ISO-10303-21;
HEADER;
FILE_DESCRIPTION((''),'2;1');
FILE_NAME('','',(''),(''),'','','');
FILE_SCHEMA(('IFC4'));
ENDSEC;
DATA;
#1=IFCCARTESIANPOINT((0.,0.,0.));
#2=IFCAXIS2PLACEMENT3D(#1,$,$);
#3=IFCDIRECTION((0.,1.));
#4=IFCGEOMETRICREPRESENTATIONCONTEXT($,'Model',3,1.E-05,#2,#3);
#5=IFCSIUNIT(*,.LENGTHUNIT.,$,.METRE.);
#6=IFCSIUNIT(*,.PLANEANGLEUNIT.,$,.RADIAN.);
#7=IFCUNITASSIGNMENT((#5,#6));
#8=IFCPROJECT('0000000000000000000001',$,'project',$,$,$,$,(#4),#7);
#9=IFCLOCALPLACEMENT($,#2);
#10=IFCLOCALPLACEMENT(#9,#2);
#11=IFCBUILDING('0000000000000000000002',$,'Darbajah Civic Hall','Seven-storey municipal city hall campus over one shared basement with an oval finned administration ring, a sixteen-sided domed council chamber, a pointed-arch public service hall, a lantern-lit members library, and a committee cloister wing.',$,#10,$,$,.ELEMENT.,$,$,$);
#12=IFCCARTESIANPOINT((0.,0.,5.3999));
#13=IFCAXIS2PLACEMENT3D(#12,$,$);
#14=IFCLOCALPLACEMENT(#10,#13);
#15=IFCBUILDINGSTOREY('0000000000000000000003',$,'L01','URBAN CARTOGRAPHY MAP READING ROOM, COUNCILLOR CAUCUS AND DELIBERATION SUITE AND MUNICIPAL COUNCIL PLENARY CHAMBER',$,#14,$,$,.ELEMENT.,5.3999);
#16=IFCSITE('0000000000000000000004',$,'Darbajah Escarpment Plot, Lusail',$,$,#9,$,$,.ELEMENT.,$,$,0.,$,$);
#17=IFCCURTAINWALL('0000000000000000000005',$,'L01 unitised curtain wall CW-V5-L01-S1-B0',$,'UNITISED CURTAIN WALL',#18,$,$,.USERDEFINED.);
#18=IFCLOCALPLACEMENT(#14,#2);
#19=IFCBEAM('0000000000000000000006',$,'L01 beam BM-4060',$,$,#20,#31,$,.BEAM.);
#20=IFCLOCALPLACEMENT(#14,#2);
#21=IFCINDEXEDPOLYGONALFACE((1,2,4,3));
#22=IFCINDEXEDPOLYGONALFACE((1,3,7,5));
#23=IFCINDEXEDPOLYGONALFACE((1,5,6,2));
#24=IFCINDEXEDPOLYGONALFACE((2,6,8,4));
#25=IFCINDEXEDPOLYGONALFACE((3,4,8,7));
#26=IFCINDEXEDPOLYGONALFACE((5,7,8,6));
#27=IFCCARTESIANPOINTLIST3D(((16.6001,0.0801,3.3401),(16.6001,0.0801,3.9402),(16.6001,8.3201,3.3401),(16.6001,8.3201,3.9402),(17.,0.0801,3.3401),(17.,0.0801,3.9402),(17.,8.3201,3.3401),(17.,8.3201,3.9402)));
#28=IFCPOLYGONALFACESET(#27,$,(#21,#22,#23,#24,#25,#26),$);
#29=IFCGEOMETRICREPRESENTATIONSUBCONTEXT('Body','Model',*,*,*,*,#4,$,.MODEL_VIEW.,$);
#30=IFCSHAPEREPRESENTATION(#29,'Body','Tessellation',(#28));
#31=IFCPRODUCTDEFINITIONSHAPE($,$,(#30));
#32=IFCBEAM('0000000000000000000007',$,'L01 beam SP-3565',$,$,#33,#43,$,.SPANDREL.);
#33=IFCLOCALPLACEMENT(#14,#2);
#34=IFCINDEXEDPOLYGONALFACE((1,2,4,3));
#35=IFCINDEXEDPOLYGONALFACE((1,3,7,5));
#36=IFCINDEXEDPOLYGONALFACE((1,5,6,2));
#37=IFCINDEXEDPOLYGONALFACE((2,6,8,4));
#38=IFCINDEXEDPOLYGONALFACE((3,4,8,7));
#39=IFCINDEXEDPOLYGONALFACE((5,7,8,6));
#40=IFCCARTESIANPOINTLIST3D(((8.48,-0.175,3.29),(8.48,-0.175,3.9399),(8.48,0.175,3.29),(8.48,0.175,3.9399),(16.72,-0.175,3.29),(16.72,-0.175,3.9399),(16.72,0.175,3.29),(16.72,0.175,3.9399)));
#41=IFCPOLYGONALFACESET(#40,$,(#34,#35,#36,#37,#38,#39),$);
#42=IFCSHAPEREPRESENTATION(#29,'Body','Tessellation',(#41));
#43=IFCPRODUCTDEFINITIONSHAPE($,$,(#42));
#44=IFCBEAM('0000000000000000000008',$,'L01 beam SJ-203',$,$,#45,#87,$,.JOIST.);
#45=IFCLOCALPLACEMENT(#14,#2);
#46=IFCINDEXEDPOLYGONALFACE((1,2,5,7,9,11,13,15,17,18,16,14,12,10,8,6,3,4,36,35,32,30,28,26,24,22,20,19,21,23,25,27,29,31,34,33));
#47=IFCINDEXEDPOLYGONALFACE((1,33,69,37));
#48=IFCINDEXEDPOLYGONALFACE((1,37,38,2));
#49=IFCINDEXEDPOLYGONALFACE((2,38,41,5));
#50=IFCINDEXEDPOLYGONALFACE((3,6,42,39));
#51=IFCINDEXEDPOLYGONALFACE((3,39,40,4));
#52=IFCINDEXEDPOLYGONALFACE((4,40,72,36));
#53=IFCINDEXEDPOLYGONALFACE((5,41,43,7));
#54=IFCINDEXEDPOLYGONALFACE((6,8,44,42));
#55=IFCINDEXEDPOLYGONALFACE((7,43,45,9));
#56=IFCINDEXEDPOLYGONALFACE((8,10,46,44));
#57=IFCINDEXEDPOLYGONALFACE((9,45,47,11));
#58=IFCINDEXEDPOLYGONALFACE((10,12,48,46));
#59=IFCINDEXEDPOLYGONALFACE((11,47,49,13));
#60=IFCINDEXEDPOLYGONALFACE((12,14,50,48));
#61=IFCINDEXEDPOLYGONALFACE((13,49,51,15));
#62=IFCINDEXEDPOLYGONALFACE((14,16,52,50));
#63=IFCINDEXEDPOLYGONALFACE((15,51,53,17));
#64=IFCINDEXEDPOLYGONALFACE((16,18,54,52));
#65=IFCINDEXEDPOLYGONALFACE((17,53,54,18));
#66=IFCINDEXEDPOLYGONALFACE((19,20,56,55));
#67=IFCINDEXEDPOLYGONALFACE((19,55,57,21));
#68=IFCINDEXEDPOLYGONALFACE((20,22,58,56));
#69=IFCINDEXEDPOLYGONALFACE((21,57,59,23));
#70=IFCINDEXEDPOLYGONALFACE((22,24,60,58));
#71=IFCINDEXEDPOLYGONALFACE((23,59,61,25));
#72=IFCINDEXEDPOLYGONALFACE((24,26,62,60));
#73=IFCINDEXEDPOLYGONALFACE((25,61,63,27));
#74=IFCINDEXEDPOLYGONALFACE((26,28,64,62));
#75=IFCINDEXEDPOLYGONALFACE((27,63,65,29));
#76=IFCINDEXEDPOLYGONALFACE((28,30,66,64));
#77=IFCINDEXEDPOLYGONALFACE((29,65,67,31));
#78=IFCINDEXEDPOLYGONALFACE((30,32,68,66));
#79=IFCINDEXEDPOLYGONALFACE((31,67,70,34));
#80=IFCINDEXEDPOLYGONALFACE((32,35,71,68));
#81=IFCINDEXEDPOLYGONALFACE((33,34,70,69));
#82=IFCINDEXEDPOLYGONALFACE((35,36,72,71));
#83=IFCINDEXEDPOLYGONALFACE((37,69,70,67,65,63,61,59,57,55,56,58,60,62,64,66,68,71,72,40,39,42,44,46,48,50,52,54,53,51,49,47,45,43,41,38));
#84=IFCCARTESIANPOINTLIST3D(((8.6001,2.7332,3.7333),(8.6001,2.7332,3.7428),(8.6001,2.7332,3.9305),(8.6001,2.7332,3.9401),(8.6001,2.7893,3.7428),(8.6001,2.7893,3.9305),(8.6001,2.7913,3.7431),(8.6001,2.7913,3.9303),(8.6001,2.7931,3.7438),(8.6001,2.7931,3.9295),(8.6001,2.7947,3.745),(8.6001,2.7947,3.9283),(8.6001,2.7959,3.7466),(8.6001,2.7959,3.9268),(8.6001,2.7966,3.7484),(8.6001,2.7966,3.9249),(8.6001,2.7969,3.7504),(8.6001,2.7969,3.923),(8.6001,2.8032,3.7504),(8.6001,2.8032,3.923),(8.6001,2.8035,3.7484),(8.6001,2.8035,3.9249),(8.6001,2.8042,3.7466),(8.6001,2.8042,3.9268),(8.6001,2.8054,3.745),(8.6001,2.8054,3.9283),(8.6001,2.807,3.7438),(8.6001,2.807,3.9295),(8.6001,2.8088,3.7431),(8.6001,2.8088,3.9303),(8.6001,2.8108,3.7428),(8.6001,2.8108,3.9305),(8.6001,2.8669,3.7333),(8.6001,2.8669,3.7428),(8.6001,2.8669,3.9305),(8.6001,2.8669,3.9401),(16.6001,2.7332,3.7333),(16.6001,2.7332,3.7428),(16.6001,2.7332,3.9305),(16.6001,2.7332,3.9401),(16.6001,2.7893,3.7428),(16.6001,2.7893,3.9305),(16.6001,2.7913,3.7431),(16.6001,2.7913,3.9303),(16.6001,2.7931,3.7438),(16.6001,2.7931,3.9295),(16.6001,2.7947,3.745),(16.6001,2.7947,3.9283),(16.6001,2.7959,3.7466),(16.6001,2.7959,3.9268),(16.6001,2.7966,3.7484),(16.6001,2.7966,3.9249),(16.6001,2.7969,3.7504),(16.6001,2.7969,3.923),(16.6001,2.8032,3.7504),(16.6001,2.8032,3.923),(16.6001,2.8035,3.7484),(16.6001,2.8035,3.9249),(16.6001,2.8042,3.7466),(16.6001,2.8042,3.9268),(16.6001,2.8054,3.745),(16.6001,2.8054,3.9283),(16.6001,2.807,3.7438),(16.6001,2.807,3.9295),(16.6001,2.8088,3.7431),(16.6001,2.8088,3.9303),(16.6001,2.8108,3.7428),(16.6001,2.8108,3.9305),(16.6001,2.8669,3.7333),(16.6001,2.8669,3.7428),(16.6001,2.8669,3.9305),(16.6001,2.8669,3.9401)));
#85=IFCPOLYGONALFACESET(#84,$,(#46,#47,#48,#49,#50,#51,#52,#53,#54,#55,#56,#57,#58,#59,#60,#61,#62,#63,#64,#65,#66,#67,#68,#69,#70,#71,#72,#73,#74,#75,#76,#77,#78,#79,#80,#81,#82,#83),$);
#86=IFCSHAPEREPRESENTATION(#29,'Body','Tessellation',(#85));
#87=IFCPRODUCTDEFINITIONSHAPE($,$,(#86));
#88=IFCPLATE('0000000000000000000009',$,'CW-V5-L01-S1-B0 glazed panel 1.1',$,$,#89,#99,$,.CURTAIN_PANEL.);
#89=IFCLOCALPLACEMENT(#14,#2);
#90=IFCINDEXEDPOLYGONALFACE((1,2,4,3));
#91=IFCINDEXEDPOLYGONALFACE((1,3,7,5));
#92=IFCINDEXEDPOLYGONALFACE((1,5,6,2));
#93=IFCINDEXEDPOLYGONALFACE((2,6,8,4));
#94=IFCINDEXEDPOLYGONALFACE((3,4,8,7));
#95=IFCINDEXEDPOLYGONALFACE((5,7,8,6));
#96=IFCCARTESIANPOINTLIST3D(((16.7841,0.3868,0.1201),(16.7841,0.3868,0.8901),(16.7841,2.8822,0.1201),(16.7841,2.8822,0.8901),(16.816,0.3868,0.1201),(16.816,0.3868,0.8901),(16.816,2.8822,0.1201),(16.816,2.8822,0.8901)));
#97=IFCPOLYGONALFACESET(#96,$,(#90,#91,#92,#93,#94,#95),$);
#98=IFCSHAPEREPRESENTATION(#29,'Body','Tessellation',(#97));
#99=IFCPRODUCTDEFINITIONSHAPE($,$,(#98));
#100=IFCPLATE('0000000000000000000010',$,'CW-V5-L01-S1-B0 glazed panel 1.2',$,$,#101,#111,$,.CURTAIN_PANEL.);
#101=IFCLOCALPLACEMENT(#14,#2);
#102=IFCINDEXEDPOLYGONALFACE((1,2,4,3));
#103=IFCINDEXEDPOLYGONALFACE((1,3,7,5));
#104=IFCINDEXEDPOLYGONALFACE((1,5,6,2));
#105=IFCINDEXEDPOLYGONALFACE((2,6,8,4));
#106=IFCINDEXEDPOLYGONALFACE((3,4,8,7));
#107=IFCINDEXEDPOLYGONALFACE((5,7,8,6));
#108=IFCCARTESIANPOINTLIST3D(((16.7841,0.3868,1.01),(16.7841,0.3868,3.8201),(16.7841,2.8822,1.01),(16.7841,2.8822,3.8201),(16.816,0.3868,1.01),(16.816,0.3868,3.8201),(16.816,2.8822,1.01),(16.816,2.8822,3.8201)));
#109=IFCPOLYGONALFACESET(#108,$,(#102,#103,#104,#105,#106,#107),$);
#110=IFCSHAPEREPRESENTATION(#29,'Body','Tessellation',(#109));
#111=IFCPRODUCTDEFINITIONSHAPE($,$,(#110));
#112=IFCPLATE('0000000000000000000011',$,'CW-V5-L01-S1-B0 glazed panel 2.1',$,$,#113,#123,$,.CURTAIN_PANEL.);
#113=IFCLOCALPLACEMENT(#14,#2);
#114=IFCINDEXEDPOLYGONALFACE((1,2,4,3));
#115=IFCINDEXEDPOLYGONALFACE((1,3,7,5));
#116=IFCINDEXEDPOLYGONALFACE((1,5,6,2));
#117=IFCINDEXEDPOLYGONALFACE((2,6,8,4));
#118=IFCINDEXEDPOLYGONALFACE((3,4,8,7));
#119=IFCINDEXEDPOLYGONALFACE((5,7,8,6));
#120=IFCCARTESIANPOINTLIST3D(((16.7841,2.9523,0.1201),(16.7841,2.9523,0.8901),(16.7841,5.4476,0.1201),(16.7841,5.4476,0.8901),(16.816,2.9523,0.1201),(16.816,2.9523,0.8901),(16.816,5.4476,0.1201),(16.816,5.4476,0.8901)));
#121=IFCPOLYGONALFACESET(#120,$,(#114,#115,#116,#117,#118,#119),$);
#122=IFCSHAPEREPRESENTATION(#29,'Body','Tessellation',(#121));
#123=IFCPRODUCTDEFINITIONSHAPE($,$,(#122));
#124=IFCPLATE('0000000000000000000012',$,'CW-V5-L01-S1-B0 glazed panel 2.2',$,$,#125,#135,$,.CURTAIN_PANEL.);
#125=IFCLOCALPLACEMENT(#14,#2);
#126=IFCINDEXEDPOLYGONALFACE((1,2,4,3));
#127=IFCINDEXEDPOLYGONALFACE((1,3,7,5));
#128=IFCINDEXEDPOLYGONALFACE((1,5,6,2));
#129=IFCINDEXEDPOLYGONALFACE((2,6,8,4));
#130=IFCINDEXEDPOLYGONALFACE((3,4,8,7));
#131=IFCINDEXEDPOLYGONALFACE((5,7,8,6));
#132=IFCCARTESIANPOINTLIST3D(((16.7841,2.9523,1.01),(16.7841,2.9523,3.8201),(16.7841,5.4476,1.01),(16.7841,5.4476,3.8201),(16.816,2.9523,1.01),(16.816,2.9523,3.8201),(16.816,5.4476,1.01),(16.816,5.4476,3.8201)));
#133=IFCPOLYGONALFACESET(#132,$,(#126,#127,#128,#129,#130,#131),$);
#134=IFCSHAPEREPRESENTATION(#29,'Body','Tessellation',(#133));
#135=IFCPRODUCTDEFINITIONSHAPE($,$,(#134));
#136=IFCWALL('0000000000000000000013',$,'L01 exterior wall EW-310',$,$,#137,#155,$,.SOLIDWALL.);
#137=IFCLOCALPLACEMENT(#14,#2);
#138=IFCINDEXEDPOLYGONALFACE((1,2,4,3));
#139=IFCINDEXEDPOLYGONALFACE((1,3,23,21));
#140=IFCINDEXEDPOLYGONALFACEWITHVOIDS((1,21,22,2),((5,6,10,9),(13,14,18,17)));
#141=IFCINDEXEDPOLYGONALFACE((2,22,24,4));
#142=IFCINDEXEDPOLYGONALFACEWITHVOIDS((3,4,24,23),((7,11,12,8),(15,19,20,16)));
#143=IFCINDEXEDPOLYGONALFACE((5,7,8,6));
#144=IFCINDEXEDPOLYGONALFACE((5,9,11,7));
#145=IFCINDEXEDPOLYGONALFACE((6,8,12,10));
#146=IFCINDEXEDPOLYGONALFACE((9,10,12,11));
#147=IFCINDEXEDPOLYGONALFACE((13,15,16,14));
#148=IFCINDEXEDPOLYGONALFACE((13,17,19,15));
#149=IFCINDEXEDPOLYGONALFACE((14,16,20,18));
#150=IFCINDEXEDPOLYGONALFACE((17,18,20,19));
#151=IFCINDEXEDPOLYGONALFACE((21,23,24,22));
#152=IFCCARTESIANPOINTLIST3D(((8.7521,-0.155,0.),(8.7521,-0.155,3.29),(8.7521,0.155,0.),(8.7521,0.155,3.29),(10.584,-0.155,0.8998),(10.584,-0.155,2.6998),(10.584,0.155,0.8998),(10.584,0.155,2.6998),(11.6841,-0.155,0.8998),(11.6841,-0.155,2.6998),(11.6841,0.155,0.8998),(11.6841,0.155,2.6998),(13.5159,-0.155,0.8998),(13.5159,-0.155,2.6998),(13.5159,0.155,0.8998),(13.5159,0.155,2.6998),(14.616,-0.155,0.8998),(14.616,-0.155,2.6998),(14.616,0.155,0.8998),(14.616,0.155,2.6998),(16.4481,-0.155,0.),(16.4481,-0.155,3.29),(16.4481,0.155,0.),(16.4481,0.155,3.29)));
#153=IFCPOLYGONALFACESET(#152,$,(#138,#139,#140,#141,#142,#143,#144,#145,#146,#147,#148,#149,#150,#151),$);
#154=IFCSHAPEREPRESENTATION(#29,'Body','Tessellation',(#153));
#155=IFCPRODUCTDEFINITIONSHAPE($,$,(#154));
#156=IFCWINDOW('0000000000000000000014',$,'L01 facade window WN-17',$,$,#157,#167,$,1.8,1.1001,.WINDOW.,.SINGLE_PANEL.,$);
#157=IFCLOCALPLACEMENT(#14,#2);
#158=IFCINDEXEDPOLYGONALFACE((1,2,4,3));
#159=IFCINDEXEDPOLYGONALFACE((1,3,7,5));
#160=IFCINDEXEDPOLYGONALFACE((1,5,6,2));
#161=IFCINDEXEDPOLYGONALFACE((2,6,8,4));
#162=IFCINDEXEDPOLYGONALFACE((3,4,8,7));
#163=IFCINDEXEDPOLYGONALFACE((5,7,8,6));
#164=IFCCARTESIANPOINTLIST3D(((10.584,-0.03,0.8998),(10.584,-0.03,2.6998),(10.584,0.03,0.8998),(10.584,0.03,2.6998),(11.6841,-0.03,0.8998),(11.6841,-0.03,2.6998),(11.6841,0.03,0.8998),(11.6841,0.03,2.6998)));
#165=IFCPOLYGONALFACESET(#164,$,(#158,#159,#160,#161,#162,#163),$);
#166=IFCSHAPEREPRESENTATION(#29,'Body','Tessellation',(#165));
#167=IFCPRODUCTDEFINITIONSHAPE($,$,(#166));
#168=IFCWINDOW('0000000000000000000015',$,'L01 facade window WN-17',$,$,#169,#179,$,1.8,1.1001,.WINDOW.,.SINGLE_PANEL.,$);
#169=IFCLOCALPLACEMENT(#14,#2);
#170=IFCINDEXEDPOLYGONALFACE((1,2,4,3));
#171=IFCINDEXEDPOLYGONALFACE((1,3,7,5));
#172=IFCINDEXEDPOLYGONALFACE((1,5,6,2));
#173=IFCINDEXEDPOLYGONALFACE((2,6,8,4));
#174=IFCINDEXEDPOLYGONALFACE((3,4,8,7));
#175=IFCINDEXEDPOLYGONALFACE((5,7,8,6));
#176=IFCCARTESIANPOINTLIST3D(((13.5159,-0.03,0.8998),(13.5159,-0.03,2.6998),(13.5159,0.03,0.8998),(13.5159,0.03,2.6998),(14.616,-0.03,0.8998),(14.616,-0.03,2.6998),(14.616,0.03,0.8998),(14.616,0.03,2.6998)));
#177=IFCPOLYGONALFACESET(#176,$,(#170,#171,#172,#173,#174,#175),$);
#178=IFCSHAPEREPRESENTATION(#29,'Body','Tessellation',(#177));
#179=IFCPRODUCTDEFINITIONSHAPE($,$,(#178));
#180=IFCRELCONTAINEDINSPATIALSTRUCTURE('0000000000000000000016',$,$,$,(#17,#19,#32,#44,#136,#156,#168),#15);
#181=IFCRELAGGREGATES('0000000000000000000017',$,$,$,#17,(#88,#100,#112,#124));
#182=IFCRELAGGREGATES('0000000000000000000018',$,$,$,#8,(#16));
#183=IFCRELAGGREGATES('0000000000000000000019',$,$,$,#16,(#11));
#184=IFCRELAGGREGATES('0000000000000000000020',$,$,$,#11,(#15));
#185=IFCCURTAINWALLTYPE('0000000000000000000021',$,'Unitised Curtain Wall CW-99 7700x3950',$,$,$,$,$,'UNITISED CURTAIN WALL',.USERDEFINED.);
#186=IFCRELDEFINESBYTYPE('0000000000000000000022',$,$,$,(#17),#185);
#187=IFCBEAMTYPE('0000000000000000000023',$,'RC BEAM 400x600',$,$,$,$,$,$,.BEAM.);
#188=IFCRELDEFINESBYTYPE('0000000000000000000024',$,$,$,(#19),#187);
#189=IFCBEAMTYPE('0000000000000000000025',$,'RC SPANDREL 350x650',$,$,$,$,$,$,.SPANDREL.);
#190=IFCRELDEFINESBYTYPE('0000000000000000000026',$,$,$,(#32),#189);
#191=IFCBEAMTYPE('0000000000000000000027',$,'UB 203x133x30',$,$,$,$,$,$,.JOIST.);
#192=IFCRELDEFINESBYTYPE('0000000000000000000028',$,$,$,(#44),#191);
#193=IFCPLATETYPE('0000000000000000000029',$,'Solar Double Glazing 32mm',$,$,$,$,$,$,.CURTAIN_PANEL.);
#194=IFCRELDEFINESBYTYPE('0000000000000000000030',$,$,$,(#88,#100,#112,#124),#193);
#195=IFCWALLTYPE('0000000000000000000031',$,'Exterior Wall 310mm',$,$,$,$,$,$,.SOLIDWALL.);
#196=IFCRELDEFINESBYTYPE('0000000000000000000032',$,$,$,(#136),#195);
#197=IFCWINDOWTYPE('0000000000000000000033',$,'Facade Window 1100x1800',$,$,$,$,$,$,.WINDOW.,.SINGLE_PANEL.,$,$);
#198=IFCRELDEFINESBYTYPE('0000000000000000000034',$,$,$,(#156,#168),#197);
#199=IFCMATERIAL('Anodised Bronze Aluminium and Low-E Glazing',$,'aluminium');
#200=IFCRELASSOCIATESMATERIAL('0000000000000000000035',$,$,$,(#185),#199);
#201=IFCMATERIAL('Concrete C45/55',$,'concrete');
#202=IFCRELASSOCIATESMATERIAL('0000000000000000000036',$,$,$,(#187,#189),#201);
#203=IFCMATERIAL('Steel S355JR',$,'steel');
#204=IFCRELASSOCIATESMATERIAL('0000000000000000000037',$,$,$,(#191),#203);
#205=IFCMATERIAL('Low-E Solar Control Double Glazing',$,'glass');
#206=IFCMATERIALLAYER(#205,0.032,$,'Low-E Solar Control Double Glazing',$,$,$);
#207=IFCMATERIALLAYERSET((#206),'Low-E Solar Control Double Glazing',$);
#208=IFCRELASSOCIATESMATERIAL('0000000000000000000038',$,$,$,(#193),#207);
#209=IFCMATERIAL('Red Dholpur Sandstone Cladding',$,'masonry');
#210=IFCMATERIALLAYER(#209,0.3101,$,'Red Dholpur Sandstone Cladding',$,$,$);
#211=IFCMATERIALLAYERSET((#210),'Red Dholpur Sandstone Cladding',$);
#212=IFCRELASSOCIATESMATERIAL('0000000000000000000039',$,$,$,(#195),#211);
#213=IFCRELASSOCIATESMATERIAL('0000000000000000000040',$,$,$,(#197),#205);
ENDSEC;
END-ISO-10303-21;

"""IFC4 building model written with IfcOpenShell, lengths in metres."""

from ifc_helpers import new_model, si_unit, direction, frame, frame_2d, origin, origin_2d, place, context, subcontext, project, spatial, rectangle, i_section, extrude, material, layer, layer_set, material_profile, profile_set, type_object, element, fill, aggregate, save


model = new_model("IFC4")

# Units and contexts
model_context = context("Model", 3, precision=1e-05, world=origin(), true_north=direction((0.0, 1.0)))
body_context = subcontext(model_context, "Body", "Model", "MODEL_VIEW")
ifc_project = project(units=[si_unit("LENGTHUNIT", "METRE"), si_unit("PLANEANGLEUNIT", "RADIAN")], contexts=[model_context])

# Site, building, storey
site_placement = place(None, origin())
site = spatial("IfcSite", under=ifc_project, at=site_placement, Name="Darbajah Escarpment Plot, Lusail", CompositionType="ELEMENT", RefElevation=0.0)
building_placement = place(site_placement, origin())
building = spatial("IfcBuilding", under=site, at=building_placement, Name="Darbajah Civic Hall", Description="Seven-storey municipal city hall campus over one shared basement with an oval finned administration ring, a sixteen-sided domed council chamber, a pointed-arch public service hall, a lantern-lit members library, and a committee cloister wing.", CompositionType="ELEMENT")
storey_placement = place(building_placement, frame((0.0, 0.0, 5.3999)))
storey = spatial("IfcBuildingStorey", under=building, at=storey_placement, Name="L01", Description="URBAN CARTOGRAPHY MAP READING ROOM, COUNCILLOR CAUCUS AND DELIBERATION SUITE AND MUNICIPAL COUNCIL PLENARY CHAMBER", CompositionType="ELEMENT", Elevation=5.3999)

# Shared definitions
ifc_material_1 = material(Name="Concrete C45/55", Category="concrete")

# Curtain wall
ifc_material_2 = material(Name="Anodised Bronze Aluminium and Low-E Glazing", Category="aluminium")
curtain_wall_type = type_object("IfcCurtainWallType", Name="Unitised Curtain Wall CW-99 7700x3950", ElementType="UNITISED CURTAIN WALL", PredefinedType="USERDEFINED", material=ifc_material_2)
curtain_wall_placement = place(storey_placement, origin())
curtain_wall = element("IfcCurtainWall", 1, at=curtain_wall_placement, inside=storey, type_object=curtain_wall_type, Name="L01 unitised curtain wall CW-V5-L01-S1-B0", ObjectType="UNITISED CURTAIN WALL", PredefinedType="USERDEFINED")

# Beams
ifc_material_profile_1 = material_profile(ifc_material_1, rectangle(XDim=0.3999, YDim=0.6001, at=origin_2d()), Name="RC BEAM 400x600")
ifc_profile_set_1 = profile_set([ifc_material_profile_1], Name="Concrete C45/55")
beam_type_1 = type_object("IfcBeamType", Name="RC BEAM 400x600", PredefinedType="BEAM", material=ifc_profile_set_1)
beam_1_placement = place(storey_placement, frame((16.8, 0.0801, 3.6401), z_axis=(0.0, 1.0, 0.0), x_axis=(-1.0, 0.0, 0.0)))
element("IfcBeam", 2, at=beam_1_placement, inside=storey, type_object=beam_type_1, Name="L01 beam BM-4060", PredefinedType="BEAM", context=body_context, shape_type="SweptSolid", body=[
    extrude(rectangle(XDim=0.3999, YDim=0.6001, at=origin_2d()), origin(), (0.0, 0.0, 1.0), 8.24),
])
ifc_material_profile_2 = material_profile(ifc_material_1, rectangle(XDim=0.3501, YDim=0.6499, at=origin_2d()), Name="RC SPANDREL 350x650")
ifc_profile_set_2 = profile_set([ifc_material_profile_2], Name="Concrete C45/55")
beam_type_2 = type_object("IfcBeamType", Name="RC SPANDREL 350x650", PredefinedType="SPANDREL", material=ifc_profile_set_2)
beam_2_placement = place(storey_placement, frame((8.48, 0.0, 3.615), z_axis=(1.0, 0.0, 0.0), x_axis=(0.0, 1.0, 0.0)))
element("IfcBeam", 3, at=beam_2_placement, inside=storey, type_object=beam_type_2, Name="L01 beam SP-3565", PredefinedType="SPANDREL", context=body_context, shape_type="SweptSolid", body=[
    extrude(rectangle(XDim=0.3501, YDim=0.6499, at=origin_2d()), origin(), (0.0, 0.0, 1.0), 8.24),
])
ifc_material_3 = material(Name="Steel S355JR", Category="steel")
ifc_material_profile_3 = material_profile(ifc_material_3, i_section(OverallWidth=0.1338, OverallDepth=0.2068, WebThickness=0.0063, FlangeThickness=0.0095, FilletRadius=0.0076, at=origin_2d()), Name="UB 203x133x30")
ifc_profile_set_3 = profile_set([ifc_material_profile_3], Name="Steel S355JR")
beam_type_3 = type_object("IfcBeamType", Name="UB 203x133x30", PredefinedType="JOIST", material=ifc_profile_set_3)
beam_3_placement = place(storey_placement, frame((8.6001, 2.8, 3.8367), z_axis=(1.0, 0.0, 0.0), x_axis=(0.0, 1.0, 0.0)))
element("IfcBeam", 4, at=beam_3_placement, inside=storey, type_object=beam_type_3, Name="L01 beam SJ-203", PredefinedType="JOIST", context=body_context, shape_type="SweptSolid", body=[
    extrude(i_section(OverallWidth=0.1338, OverallDepth=0.2068, WebThickness=0.0063, FlangeThickness=0.0095, FilletRadius=0.0076, at=origin_2d()), origin(), (0.0, 0.0, 1.0), 8.0),
])

# Plates
ifc_material_4 = material(Name="Low-E Solar Control Double Glazing", Category="glass")
ifc_layer_1 = layer(ifc_material_4, 0.032, Name="Low-E Solar Control Double Glazing")
ifc_layer_set_1 = layer_set([ifc_layer_1], Name="Low-E Solar Control Double Glazing")
plate_type = type_object("IfcPlateType", Name="Solar Double Glazing 32mm", PredefinedType="CURTAIN_PANEL", material=ifc_layer_set_1)
plate_1_placement = place(storey_placement, frame((16.8, 1.6345, 0.1201), z_axis=(0.0, 0.0, 1.0), x_axis=(0.0, 1.0, 0.0)))
plate_1 = element("IfcPlate", 5, at=plate_1_placement, type_object=plate_type, Name="CW-V5-L01-S1-B0 glazed panel 1.1", PredefinedType="CURTAIN_PANEL", context=body_context, shape_type="SweptSolid", body=[
    extrude(rectangle(XDim=2.4954, YDim=0.032, at=origin_2d()), origin(), (0.0, 0.0, 1.0), 0.77),
])
plate_2_placement = place(storey_placement, frame((16.8, 1.6345, 1.01), z_axis=(0.0, 0.0, 1.0), x_axis=(0.0, 1.0, 0.0)))
plate_2 = element("IfcPlate", 6, at=plate_2_placement, type_object=plate_type, Name="CW-V5-L01-S1-B0 glazed panel 1.2", PredefinedType="CURTAIN_PANEL", context=body_context, shape_type="SweptSolid", body=[
    extrude(rectangle(XDim=2.4954, YDim=0.032, at=origin_2d()), origin(), (0.0, 0.0, 1.0), 2.8101),
])
plate_3_placement = place(storey_placement, frame((16.8, 4.2, 0.1201), z_axis=(0.0, 0.0, 1.0), x_axis=(0.0, 1.0, 0.0)))
plate_3 = element("IfcPlate", 7, at=plate_3_placement, type_object=plate_type, Name="CW-V5-L01-S1-B0 glazed panel 2.1", PredefinedType="CURTAIN_PANEL", context=body_context, shape_type="SweptSolid", body=[
    extrude(rectangle(XDim=2.4954, YDim=0.032, at=origin_2d()), origin(), (0.0, 0.0, 1.0), 0.77),
])
plate_4_placement = place(storey_placement, frame((16.8, 4.2, 1.01), z_axis=(0.0, 0.0, 1.0), x_axis=(0.0, 1.0, 0.0)))
plate_4 = element("IfcPlate", 8, at=plate_4_placement, type_object=plate_type, Name="CW-V5-L01-S1-B0 glazed panel 2.2", PredefinedType="CURTAIN_PANEL", context=body_context, shape_type="SweptSolid", body=[
    extrude(rectangle(XDim=2.4954, YDim=0.032, at=origin_2d()), origin(), (0.0, 0.0, 1.0), 2.8101),
])
aggregate(curtain_wall, [plate_1, plate_2, plate_3, plate_4])

# Wall, openings, windows
ifc_material_5 = material(Name="Red Dholpur Sandstone Cladding", Category="masonry")
ifc_layer_2 = layer(ifc_material_5, 0.3101, Name="Red Dholpur Sandstone Cladding")
ifc_layer_set_2 = layer_set([ifc_layer_2], Name="Red Dholpur Sandstone Cladding")
wall_type = type_object("IfcWallType", Name="Exterior Wall 310mm", PredefinedType="SOLIDWALL", material=ifc_layer_set_2)
wall_placement = place(storey_placement, frame((8.752, 0.0, 0.0), z_axis=(0.0, 0.0, 1.0), x_axis=(1.0, 0.0, 0.0)))
wall = element("IfcWall", 9, at=wall_placement, inside=storey, type_object=wall_type, Name="L01 exterior wall EW-310", PredefinedType="SOLIDWALL", context=body_context, shape_type="SweptSolid", body=[
    extrude(rectangle(XDim=7.696, YDim=0.3101, at=frame_2d((3.8481, 0.0))), origin(), (0.0, 0.0, 1.0), 3.29),
])
opening_1_placement = place(wall_placement, frame((1.832, 0.0, 0.8999)))
opening_1 = element("IfcOpeningElement", 10, at=opening_1_placement, cuts=wall, PredefinedType="OPENING", context=body_context, shape_type="SweptSolid", body=[
    extrude(rectangle(XDim=1.1001, YDim=1.8, at=frame_2d((0.55, 0.8999))), frame((0.0, 0.165, 0.0), z_axis=(0.0, -1.0, 0.0), x_axis=(1.0, 0.0, 0.0)), (0.0, 0.0, 1.0), 0.3301),
])
opening_2_placement = place(wall_placement, frame((4.7639, 0.0, 0.8999)))
opening_2 = element("IfcOpeningElement", 11, at=opening_2_placement, cuts=wall, PredefinedType="OPENING", context=body_context, shape_type="SweptSolid", body=[
    extrude(rectangle(XDim=1.1001, YDim=1.8, at=frame_2d((0.55, 0.8999))), frame((0.0, 0.165, 0.0), z_axis=(0.0, -1.0, 0.0), x_axis=(1.0, 0.0, 0.0)), (0.0, 0.0, 1.0), 0.3301),
])
window_type = type_object("IfcWindowType", Name="Facade Window 1100x1800", PartitioningType="SINGLE_PANEL", PredefinedType="WINDOW", material=ifc_material_4)
window_1_placement = place(opening_1_placement, origin())
window_1 = element("IfcWindow", 12, at=window_1_placement, inside=storey, type_object=window_type, Name="L01 facade window WN-17", OverallHeight=1.8, OverallWidth=1.1001, PartitioningType="SINGLE_PANEL", PredefinedType="WINDOW", context=body_context, shape_type="SweptSolid", body=[
    extrude(rectangle(XDim=1.1001, YDim=1.8, at=frame_2d((0.55, 0.8999))), frame((0.0, 0.03, 0.0), z_axis=(0.0, -1.0, 0.0), x_axis=(1.0, 0.0, 0.0)), (0.0, 0.0, 1.0), 0.0601),
])
fill(opening_1, window_1)
window_2_placement = place(opening_2_placement, origin())
window_2 = element("IfcWindow", 13, at=window_2_placement, inside=storey, type_object=window_type, Name="L01 facade window WN-17", OverallHeight=1.8, OverallWidth=1.1001, PartitioningType="SINGLE_PANEL", PredefinedType="WINDOW", context=body_context, shape_type="SweptSolid", body=[
    extrude(rectangle(XDim=1.1001, YDim=1.8, at=frame_2d((0.55, 0.8999))), frame((0.0, 0.03, 0.0), z_axis=(0.0, -1.0, 0.0), x_axis=(1.0, 0.0, 0.0)), (0.0, 0.0, 1.0), 0.0601),
])
fill(opening_2, window_2)

save(model, "model.ifc")
